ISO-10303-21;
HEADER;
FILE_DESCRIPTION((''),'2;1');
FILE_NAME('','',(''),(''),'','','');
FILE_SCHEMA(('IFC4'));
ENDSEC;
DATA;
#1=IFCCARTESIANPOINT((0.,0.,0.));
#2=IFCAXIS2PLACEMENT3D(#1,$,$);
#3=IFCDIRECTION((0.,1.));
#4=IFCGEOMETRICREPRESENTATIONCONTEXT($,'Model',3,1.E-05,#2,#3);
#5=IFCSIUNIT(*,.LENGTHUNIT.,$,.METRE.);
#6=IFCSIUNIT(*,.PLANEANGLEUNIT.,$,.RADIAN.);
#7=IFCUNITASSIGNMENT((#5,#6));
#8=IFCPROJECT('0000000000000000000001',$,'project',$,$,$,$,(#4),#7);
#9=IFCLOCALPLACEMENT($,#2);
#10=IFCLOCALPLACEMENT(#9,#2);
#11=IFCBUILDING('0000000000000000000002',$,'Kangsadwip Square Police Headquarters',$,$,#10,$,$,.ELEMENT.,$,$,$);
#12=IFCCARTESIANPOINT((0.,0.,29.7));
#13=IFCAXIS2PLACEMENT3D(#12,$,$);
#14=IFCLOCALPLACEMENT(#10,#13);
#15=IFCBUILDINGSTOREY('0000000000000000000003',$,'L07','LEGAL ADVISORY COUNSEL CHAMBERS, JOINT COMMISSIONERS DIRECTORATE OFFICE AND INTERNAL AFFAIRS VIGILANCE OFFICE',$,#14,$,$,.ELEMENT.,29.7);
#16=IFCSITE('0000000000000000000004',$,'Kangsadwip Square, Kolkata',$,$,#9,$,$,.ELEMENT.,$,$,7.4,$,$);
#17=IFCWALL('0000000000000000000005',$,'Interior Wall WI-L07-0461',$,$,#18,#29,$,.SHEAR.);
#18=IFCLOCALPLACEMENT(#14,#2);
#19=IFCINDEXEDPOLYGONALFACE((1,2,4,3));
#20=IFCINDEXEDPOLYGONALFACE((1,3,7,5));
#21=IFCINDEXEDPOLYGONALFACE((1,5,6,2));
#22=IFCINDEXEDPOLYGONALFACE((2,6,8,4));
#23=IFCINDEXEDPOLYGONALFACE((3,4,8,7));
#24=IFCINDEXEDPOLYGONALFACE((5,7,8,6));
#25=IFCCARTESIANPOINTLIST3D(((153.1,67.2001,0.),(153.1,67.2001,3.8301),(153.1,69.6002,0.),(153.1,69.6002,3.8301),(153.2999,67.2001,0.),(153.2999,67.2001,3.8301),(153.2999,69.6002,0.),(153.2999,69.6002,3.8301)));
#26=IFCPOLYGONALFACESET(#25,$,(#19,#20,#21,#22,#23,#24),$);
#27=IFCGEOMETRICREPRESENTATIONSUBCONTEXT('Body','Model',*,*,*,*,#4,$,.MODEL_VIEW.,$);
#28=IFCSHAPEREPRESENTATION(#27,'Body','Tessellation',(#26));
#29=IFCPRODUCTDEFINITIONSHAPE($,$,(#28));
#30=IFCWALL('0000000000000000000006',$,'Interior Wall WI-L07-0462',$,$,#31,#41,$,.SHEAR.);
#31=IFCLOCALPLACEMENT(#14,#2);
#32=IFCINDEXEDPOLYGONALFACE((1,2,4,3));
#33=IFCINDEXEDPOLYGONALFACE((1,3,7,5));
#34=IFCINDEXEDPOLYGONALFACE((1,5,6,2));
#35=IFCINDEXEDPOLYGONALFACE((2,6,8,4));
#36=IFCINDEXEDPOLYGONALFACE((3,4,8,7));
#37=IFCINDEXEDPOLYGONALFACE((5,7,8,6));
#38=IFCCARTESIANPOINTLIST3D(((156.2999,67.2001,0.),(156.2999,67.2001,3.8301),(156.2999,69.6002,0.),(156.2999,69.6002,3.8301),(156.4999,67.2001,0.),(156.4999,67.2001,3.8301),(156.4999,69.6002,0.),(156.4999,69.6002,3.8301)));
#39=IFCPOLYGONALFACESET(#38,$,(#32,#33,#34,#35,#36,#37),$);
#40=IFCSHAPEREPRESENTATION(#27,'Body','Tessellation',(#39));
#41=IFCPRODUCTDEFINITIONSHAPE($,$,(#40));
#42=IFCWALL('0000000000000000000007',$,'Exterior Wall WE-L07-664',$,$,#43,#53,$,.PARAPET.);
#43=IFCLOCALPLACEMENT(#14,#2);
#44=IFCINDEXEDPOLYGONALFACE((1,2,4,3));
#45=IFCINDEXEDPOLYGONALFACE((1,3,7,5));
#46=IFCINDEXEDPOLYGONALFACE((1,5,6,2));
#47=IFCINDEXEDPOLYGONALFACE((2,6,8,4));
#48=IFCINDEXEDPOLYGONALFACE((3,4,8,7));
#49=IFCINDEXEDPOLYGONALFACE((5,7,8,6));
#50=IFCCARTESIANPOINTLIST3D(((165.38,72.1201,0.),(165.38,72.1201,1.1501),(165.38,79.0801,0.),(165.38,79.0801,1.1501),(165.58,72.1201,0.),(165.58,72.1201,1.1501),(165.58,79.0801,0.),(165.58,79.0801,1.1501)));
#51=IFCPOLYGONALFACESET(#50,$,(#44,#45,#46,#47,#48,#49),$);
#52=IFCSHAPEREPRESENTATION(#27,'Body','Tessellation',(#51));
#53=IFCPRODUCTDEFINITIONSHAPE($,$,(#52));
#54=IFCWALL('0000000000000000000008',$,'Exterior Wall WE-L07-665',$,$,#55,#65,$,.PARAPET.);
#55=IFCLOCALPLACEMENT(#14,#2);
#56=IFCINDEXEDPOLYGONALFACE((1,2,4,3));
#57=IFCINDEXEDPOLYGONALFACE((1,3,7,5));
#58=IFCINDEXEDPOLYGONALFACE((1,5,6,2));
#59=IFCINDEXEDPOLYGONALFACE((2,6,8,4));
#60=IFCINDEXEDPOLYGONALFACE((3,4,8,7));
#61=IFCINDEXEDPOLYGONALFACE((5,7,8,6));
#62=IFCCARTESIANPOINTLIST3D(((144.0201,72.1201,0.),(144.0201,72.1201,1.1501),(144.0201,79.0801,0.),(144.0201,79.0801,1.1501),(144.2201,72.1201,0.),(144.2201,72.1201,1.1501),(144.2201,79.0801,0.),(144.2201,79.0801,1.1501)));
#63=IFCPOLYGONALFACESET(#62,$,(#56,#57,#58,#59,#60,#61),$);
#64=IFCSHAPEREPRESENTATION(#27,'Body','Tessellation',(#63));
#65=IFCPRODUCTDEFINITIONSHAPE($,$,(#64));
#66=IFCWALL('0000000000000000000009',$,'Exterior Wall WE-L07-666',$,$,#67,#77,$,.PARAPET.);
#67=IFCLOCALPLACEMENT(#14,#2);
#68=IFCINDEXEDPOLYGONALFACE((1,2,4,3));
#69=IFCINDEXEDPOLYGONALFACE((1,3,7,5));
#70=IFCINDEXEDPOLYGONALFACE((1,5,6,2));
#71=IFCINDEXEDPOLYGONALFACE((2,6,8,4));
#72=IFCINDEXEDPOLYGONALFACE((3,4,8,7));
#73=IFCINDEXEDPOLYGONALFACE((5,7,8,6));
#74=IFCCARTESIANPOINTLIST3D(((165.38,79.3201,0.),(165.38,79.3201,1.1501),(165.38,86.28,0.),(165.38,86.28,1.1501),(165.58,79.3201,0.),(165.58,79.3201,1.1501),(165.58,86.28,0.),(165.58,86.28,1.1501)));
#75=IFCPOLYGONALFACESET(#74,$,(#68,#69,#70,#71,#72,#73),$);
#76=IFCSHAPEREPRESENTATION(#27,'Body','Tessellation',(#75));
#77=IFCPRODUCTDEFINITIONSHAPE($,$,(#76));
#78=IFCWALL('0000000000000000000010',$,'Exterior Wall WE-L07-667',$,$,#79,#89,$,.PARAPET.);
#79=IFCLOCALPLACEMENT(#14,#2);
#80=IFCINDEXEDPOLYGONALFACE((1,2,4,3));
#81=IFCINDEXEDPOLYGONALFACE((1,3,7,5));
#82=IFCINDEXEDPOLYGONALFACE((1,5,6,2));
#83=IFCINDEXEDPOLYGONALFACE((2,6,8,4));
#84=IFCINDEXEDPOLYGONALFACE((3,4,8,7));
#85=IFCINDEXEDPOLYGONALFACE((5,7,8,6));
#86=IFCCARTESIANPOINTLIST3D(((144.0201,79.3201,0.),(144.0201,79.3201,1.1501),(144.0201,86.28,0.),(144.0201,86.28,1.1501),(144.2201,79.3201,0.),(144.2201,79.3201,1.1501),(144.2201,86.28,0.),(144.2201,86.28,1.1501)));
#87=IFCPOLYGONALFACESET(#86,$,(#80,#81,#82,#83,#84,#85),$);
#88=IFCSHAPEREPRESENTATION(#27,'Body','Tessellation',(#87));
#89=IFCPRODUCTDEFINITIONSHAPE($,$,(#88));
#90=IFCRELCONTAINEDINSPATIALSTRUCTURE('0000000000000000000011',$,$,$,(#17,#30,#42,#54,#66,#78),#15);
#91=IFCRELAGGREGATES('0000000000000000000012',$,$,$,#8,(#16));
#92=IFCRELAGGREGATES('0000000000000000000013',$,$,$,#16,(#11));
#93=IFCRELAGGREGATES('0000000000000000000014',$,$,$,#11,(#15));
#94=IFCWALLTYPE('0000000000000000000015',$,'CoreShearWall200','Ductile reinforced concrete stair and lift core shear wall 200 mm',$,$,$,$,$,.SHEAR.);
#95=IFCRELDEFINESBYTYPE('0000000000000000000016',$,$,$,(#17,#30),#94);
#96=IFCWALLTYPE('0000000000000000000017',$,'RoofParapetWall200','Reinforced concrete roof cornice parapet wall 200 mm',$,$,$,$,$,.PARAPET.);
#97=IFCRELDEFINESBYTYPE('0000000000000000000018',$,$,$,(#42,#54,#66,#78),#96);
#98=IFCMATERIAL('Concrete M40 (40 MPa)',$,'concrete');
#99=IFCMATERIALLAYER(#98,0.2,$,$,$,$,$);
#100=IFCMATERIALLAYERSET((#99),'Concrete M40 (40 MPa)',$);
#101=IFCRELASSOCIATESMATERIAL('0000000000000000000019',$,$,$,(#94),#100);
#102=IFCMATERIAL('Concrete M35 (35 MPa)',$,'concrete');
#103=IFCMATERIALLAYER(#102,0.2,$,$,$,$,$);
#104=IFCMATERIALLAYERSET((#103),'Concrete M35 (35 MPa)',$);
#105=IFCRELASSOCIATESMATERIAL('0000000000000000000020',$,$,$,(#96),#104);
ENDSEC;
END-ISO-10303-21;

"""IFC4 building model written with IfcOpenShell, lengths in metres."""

from ifc_helpers import new_model, si_unit, direction, frame, frame_2d, origin, place, context, subcontext, project, spatial, rectangle, extrude, material, layer, layer_set, type_object, element, save


model = new_model("IFC4")

# Units and contexts
model_context = context("Model", 3, precision=1e-05, world=origin(), true_north=direction((0.0, 1.0)))
body_context = subcontext(model_context, "Body", "Model", "MODEL_VIEW")
ifc_project = project(units=[si_unit("LENGTHUNIT", "METRE"), si_unit("PLANEANGLEUNIT", "RADIAN")], contexts=[model_context])

# Site, building, storey
site_placement = place(None, origin())
site = spatial("IfcSite", under=ifc_project, at=site_placement, Name="Kangsadwip Square, Kolkata", CompositionType="ELEMENT", RefElevation=7.4)
building_placement = place(site_placement, origin())
building = spatial("IfcBuilding", under=site, at=building_placement, Name="Kangsadwip Square Police Headquarters", CompositionType="ELEMENT")
storey_placement = place(building_placement, frame((0.0, 0.0, 29.7)))
storey = spatial("IfcBuildingStorey", under=building, at=storey_placement, Name="L07", Description="LEGAL ADVISORY COUNSEL CHAMBERS, JOINT COMMISSIONERS DIRECTORATE OFFICE AND INTERNAL AFFAIRS VIGILANCE OFFICE", CompositionType="ELEMENT", Elevation=29.7)

# Walls
ifc_material_1 = material(Name="Concrete M40 (40 MPa)", Category="concrete")
ifc_layer_1 = layer(ifc_material_1, 0.2)
ifc_layer_set_1 = layer_set([ifc_layer_1], Name="Concrete M40 (40 MPa)")
wall_type_1 = type_object("IfcWallType", Name="CoreShearWall200", Description="Ductile reinforced concrete stair and lift core shear wall 200 mm", PredefinedType="SHEAR", material=ifc_layer_set_1)
for number, where, z_axis, x_axis, name in (
    (1, (153.2, 67.2, 0.0), (0.0, 0.0, 1.0), (0.0, 1.0, 0.0), "Interior Wall WI-L07-0461"),
    (2, (156.3999, 67.2, 0.0), (0.0, 0.0, 1.0), (0.0, 1.0, 0.0), "Interior Wall WI-L07-0462"),
):
    element("IfcWall", number, at=place(storey_placement, frame(where, z_axis=z_axis, x_axis=x_axis)), inside=storey, type_object=wall_type_1, Name=name, PredefinedType="SHEAR", context=body_context, shape_type="SweptSolid", body=[
        extrude(rectangle(XDim=2.4001, YDim=0.2, at=frame_2d((1.2002, 0.0))), origin(), (0.0, 0.0, 1.0), 3.8301),
    ])
ifc_material_2 = material(Name="Concrete M35 (35 MPa)", Category="concrete")
ifc_layer_2 = layer(ifc_material_2, 0.2)
ifc_layer_set_2 = layer_set([ifc_layer_2], Name="Concrete M35 (35 MPa)")
wall_type_2 = type_object("IfcWallType", Name="RoofParapetWall200", Description="Reinforced concrete roof cornice parapet wall 200 mm", PredefinedType="PARAPET", material=ifc_layer_set_2)
for number, where, z_axis, x_axis, name in (
    (3, (165.48, 72.1201, 0.0), (0.0, 0.0, 1.0), (0.0, 1.0, 0.0), "Exterior Wall WE-L07-664"),
    (4, (144.1201, 72.1201, 0.0), (0.0, 0.0, 1.0), (0.0, 1.0, 0.0), "Exterior Wall WE-L07-665"),
    (5, (165.48, 79.3201, 0.0), (0.0, 0.0, 1.0), (0.0, 1.0, 0.0), "Exterior Wall WE-L07-666"),
    (6, (144.1201, 79.3201, 0.0), (0.0, 0.0, 1.0), (0.0, 1.0, 0.0), "Exterior Wall WE-L07-667"),
):
    element("IfcWall", number, at=place(storey_placement, frame(where, z_axis=z_axis, x_axis=x_axis)), inside=storey, type_object=wall_type_2, Name=name, PredefinedType="PARAPET", context=body_context, shape_type="SweptSolid", body=[
        extrude(rectangle(XDim=6.96, YDim=0.2, at=frame_2d((3.48, 0.0))), origin(), (0.0, 0.0, 1.0), 1.1501),
    ])

save(model, "model.ifc")
